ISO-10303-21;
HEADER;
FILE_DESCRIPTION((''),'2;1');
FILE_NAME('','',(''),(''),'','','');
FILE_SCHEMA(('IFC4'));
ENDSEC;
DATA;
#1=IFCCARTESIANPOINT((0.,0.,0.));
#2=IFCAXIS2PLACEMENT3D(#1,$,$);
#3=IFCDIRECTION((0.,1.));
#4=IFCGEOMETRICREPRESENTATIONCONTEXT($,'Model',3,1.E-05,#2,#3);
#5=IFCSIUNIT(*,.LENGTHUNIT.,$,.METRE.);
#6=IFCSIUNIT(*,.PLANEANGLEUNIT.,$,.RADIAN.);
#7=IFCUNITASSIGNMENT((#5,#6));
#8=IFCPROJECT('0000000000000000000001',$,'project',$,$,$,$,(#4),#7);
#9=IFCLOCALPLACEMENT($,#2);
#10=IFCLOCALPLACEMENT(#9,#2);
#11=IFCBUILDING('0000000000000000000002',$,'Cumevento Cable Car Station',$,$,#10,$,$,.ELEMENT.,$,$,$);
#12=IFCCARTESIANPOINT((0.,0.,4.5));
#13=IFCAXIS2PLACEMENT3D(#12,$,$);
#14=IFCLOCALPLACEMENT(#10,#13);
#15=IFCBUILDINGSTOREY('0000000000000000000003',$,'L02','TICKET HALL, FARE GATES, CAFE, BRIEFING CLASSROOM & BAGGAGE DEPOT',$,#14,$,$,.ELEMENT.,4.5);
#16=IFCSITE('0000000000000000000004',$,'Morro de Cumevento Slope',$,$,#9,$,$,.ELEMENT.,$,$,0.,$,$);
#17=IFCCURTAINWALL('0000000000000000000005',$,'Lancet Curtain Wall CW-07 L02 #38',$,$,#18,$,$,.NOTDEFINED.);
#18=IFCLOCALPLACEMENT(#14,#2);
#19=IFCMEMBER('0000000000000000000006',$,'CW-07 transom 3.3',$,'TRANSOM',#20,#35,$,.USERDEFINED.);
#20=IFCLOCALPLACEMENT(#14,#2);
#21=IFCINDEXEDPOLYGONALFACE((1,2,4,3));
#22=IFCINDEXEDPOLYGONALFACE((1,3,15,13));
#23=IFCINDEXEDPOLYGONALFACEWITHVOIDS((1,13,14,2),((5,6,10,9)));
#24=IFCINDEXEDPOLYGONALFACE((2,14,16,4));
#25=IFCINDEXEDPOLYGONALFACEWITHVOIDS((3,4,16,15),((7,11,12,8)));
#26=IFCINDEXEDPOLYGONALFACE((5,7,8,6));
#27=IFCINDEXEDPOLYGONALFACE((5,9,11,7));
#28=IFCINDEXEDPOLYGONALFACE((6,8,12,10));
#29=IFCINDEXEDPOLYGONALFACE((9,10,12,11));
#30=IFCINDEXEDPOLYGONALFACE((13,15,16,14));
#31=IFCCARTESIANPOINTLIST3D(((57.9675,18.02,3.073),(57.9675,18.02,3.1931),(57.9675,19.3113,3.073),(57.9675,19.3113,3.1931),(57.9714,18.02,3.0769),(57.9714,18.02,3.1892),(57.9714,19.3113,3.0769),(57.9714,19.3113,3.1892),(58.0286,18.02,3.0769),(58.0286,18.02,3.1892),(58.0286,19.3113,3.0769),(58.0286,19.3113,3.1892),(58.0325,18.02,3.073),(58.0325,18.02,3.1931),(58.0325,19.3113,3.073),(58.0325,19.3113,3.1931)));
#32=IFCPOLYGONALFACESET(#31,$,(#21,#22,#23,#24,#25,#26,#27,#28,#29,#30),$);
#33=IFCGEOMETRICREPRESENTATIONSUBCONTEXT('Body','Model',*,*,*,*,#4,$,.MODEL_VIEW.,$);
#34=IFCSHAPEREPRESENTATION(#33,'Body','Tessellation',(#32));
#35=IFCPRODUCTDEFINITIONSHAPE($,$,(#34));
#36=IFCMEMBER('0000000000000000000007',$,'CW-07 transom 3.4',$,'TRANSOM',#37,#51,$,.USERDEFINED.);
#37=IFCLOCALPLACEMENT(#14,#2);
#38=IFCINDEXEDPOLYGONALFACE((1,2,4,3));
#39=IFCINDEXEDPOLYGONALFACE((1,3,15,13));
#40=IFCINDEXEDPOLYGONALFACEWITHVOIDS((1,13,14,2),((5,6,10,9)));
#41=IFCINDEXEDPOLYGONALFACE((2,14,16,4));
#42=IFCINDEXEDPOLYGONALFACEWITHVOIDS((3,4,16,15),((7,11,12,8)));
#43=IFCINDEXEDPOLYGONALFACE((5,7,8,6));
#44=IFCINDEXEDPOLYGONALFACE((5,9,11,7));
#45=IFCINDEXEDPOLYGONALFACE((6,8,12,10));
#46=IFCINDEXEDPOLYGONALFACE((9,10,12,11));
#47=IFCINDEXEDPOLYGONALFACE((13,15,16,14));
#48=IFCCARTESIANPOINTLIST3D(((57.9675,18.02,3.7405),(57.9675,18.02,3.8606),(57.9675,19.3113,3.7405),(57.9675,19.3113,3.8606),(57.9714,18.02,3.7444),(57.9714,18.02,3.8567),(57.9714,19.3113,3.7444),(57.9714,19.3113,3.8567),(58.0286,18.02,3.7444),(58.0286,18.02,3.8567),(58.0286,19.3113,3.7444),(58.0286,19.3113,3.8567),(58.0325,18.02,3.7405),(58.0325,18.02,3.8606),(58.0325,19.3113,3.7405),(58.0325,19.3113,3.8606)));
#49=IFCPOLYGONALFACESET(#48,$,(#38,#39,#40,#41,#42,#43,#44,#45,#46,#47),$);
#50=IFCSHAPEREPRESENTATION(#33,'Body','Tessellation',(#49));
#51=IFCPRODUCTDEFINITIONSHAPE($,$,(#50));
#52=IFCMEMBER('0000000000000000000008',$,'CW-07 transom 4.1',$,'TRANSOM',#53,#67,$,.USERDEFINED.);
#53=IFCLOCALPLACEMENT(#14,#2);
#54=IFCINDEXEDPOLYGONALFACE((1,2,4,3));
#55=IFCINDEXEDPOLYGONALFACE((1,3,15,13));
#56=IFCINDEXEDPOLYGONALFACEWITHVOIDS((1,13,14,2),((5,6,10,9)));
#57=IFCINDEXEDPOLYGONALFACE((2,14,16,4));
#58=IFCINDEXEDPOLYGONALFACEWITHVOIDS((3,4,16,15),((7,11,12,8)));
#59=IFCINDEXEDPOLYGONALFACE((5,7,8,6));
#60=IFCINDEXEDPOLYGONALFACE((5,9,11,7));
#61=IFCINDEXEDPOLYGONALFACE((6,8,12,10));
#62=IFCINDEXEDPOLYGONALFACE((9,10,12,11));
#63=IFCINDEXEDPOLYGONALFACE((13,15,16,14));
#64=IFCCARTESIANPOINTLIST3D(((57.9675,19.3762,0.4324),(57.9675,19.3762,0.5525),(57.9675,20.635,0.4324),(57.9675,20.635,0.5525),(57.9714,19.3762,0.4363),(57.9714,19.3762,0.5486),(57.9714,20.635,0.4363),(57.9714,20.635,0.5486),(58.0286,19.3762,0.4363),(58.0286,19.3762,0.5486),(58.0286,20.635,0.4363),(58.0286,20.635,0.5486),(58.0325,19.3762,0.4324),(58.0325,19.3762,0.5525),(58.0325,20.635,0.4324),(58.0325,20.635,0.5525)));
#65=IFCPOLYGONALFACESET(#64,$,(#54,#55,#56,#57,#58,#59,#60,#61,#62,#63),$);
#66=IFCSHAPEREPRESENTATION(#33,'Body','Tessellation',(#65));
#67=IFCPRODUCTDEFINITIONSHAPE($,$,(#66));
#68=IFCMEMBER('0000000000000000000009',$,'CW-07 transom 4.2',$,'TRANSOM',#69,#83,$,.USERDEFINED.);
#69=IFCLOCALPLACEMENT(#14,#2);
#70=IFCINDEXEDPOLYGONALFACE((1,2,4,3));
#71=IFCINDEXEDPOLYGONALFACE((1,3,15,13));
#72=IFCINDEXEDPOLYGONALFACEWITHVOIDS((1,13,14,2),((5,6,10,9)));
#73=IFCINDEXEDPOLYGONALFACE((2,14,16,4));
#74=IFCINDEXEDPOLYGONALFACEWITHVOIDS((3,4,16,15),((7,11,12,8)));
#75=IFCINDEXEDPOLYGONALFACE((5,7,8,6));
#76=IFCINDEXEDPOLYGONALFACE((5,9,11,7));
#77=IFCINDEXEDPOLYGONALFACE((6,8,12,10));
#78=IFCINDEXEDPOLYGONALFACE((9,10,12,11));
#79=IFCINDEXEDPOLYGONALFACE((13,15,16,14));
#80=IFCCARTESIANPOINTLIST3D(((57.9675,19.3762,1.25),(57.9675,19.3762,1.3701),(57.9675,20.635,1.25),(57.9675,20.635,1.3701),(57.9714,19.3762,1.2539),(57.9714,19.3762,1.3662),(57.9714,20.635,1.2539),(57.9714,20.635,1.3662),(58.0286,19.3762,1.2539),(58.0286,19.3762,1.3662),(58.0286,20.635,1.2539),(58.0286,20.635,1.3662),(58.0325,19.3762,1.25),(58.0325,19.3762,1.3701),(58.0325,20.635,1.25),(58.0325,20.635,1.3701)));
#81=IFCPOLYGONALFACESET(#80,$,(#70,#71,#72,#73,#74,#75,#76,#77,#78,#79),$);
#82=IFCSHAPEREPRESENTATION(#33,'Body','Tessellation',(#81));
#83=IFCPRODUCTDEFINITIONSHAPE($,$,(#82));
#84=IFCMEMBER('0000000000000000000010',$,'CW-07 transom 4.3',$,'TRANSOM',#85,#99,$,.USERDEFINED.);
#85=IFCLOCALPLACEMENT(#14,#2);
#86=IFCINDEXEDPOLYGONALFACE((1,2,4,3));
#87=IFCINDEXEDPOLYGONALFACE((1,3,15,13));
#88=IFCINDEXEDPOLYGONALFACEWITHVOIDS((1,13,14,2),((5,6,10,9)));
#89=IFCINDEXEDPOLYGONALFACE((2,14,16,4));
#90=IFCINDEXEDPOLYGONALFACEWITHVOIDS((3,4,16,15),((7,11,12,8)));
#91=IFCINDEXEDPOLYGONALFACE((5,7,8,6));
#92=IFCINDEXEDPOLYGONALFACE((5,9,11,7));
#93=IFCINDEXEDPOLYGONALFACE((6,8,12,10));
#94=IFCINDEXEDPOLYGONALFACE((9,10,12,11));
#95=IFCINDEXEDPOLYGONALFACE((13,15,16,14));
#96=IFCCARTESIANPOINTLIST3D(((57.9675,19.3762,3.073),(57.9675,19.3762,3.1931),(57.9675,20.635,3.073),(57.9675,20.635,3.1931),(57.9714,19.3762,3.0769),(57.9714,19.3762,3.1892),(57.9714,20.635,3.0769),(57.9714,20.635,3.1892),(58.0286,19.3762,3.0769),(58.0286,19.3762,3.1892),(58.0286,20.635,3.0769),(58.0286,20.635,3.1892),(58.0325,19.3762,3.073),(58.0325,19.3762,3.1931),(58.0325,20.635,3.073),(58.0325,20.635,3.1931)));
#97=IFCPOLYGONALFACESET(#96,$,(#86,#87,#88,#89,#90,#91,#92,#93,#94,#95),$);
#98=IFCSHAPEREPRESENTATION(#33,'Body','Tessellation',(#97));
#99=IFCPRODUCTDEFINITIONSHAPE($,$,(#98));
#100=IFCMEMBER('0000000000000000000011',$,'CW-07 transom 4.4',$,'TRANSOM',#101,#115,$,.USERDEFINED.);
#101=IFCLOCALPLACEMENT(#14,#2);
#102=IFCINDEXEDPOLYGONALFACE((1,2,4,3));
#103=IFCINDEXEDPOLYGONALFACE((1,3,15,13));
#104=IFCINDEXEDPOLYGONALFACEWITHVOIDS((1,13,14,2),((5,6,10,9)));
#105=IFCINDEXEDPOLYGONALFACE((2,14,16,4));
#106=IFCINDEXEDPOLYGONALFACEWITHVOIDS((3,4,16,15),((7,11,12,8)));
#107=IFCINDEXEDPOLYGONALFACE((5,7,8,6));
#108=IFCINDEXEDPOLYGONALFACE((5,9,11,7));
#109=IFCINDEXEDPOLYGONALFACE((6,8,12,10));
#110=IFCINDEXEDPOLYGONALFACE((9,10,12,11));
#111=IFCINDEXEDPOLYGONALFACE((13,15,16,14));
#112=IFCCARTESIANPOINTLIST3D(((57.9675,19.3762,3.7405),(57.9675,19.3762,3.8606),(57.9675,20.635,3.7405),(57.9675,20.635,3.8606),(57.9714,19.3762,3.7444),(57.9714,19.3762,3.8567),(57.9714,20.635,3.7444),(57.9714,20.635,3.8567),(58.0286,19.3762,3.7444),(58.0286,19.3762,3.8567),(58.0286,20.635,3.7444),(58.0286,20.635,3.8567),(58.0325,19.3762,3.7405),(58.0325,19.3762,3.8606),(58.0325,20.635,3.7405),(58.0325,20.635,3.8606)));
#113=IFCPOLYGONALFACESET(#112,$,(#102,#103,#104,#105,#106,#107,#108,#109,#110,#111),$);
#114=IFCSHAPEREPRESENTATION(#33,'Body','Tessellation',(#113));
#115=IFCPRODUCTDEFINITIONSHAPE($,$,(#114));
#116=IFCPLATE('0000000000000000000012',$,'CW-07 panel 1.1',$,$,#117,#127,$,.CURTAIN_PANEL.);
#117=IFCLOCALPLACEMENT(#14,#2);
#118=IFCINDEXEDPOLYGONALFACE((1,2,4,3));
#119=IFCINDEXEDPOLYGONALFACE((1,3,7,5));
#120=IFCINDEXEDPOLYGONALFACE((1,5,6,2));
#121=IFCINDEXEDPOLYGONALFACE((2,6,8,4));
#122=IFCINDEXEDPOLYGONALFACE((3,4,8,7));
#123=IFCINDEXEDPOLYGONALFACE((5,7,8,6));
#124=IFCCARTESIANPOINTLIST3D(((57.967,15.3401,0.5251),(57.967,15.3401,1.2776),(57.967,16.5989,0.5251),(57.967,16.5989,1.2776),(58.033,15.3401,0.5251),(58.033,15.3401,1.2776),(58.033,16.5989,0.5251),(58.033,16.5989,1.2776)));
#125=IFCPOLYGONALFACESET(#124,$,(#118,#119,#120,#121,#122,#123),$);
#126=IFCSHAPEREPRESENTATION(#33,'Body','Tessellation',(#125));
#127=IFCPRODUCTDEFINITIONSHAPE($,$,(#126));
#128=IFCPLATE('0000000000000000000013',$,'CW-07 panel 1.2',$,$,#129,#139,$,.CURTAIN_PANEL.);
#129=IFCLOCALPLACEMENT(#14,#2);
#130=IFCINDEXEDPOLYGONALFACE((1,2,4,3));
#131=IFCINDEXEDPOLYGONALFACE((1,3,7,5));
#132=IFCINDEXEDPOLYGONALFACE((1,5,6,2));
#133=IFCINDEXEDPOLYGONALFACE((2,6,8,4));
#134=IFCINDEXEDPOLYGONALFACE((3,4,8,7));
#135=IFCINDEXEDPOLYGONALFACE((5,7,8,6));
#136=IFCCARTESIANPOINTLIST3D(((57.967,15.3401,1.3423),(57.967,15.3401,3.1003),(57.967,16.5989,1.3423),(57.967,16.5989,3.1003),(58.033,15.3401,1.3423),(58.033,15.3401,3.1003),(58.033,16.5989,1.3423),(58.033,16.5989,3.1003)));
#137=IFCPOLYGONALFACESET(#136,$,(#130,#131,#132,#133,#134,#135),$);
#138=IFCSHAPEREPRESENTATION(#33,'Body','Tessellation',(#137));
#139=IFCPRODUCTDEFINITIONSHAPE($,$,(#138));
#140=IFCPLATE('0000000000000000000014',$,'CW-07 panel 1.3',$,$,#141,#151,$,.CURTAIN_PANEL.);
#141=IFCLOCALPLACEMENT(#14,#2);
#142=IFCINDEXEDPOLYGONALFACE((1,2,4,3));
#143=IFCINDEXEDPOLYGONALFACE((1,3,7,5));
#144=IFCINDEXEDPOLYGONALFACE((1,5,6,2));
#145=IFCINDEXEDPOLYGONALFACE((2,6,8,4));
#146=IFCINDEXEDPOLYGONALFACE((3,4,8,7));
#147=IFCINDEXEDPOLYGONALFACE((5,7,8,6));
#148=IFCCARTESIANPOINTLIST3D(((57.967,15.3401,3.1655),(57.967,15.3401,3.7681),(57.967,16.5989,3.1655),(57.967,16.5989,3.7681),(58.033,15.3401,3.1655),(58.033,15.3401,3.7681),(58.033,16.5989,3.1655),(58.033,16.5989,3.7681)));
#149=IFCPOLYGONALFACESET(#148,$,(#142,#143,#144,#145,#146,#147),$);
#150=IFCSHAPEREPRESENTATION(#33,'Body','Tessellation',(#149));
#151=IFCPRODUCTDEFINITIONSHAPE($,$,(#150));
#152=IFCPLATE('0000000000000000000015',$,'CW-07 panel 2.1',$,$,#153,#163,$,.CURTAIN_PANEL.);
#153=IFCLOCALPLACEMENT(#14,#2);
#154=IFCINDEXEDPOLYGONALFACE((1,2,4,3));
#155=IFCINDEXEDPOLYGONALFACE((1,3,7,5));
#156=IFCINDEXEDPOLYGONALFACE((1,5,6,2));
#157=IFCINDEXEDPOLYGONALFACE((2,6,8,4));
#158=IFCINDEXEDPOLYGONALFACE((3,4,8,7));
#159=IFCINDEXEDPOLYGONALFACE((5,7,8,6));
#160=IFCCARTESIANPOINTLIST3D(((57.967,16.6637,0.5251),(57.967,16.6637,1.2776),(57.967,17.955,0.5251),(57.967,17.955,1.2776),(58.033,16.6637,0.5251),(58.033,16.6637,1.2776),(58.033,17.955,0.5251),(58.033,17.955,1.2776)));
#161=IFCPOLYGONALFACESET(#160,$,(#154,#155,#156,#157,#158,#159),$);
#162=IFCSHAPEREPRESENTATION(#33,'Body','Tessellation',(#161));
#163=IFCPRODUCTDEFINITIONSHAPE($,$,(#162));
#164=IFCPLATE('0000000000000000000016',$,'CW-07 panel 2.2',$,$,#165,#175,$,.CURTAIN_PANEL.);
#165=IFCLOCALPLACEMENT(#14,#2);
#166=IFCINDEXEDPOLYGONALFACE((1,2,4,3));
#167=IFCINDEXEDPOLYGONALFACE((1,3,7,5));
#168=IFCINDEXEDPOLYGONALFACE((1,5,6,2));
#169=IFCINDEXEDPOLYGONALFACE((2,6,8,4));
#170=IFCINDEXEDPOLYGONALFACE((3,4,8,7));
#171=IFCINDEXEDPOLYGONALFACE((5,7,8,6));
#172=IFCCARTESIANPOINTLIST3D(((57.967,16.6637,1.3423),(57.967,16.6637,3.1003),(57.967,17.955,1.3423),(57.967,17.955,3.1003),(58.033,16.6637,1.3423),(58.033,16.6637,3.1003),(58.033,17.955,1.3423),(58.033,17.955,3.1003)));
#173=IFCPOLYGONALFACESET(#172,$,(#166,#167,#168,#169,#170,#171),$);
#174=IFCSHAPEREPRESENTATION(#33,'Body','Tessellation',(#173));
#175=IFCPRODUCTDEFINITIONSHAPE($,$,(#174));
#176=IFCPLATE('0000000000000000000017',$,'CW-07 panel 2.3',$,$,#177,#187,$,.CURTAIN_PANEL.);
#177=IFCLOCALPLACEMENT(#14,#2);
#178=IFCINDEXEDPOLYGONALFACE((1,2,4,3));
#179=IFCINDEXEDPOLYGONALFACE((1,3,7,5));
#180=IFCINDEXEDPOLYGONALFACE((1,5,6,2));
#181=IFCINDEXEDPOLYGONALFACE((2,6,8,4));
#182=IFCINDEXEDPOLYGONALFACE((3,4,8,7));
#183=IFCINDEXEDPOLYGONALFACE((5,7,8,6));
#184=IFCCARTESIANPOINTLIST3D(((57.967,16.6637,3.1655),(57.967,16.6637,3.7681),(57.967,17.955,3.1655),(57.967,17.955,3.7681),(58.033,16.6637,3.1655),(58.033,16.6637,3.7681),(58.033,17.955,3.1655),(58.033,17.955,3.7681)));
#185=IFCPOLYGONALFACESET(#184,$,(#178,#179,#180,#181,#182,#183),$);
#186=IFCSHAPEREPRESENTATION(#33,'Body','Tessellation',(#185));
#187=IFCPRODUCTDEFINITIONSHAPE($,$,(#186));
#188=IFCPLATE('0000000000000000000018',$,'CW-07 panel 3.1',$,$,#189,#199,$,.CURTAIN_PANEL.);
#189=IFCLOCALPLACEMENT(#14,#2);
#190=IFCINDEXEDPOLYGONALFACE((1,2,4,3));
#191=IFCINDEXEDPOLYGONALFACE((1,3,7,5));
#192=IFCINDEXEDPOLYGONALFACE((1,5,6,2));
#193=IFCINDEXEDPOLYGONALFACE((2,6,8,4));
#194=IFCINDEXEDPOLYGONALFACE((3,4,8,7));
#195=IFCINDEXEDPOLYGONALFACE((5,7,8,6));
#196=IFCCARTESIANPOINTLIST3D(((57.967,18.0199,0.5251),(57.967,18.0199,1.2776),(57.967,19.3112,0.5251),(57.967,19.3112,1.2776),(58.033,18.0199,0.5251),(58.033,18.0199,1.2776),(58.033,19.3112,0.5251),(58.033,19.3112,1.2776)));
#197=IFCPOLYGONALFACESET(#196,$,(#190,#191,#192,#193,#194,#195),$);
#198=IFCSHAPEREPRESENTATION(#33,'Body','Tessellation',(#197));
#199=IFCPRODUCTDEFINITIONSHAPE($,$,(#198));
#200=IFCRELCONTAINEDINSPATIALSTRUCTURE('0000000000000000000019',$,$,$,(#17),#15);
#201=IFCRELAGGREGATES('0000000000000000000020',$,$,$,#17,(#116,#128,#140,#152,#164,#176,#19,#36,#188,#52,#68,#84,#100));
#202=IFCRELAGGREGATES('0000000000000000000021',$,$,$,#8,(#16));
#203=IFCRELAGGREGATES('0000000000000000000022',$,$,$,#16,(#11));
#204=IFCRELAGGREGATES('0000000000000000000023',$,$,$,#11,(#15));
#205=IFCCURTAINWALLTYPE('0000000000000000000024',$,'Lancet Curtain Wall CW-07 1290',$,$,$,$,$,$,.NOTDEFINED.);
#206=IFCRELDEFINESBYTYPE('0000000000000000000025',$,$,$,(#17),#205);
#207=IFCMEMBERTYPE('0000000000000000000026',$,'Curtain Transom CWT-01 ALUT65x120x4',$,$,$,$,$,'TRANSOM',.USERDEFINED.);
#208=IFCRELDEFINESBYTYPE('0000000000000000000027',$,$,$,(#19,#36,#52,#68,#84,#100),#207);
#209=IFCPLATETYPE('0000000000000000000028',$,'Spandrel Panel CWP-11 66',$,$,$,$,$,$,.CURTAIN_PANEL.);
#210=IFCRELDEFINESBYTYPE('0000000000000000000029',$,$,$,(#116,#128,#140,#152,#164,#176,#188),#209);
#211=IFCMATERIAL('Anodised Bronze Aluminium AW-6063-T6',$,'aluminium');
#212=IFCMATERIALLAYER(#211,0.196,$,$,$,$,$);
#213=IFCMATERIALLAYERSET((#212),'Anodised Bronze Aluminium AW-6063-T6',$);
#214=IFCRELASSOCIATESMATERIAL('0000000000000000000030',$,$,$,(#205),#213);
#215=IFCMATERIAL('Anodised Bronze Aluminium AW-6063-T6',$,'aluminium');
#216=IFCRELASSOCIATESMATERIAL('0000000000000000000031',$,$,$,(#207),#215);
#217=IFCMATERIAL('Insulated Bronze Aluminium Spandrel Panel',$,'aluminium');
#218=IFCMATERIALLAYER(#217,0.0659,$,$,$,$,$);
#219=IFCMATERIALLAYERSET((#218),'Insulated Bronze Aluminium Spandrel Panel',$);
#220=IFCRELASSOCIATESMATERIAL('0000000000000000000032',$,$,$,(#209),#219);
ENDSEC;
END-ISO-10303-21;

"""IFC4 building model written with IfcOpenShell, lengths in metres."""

from ifc_helpers import new_model, si_unit, direction, frame, origin, origin_2d, place, context, subcontext, project, spatial, rectangle, hollow_rectangle, extrude, material, layer, layer_set, material_profile, profile_set, type_object, element, aggregate, save


model = new_model("IFC4")

# Units and contexts
model_context = context("Model", 3, precision=1e-05, world=origin(), true_north=direction((0.0, 1.0)))
body_context = subcontext(model_context, "Body", "Model", "MODEL_VIEW")
ifc_project = project(units=[si_unit("LENGTHUNIT", "METRE"), si_unit("PLANEANGLEUNIT", "RADIAN")], contexts=[model_context])

# Site, building, storey
site_placement = place(None, origin())
site = spatial("IfcSite", under=ifc_project, at=site_placement, Name="Morro de Cumevento Slope", CompositionType="ELEMENT", RefElevation=0.0)
building_placement = place(site_placement, origin())
building = spatial("IfcBuilding", under=site, at=building_placement, Name="Cumevento Cable Car Station", CompositionType="ELEMENT")
storey_placement = place(building_placement, frame((0.0, 0.0, 4.5)))
storey = spatial("IfcBuildingStorey", under=building, at=storey_placement, Name="L02", Description="TICKET HALL, FARE GATES, CAFE, BRIEFING CLASSROOM & BAGGAGE DEPOT", CompositionType="ELEMENT", Elevation=4.5)

# Curtain wall, members, plates
ifc_material_1 = material(Name="Anodised Bronze Aluminium AW-6063-T6", Category="aluminium")
ifc_layer_1 = layer(ifc_material_1, 0.196)
ifc_layer_set_1 = layer_set([ifc_layer_1], Name="Anodised Bronze Aluminium AW-6063-T6")
curtain_wall_type = type_object("IfcCurtainWallType", Name="Lancet Curtain Wall CW-07 1290", PredefinedType="NOTDEFINED", material=ifc_layer_set_1)
curtain_wall_placement = place(storey_placement, origin())
curtain_wall = element("IfcCurtainWall", 1, at=curtain_wall_placement, inside=storey, type_object=curtain_wall_type, Name="Lancet Curtain Wall CW-07 L02 #38", PredefinedType="NOTDEFINED")
ifc_material_2 = material(Name="Anodised Bronze Aluminium AW-6063-T6", Category="aluminium")
ifc_material_profile_1 = material_profile(ifc_material_2, hollow_rectangle(XDim=0.0649, YDim=0.1201, WallThickness=0.0039, at=origin_2d()), Name="ALUT65x120x4")
ifc_profile_set_1 = profile_set([ifc_material_profile_1], Name="Anodised Bronze Aluminium AW-6063-T6")
member_type_1 = type_object("IfcMemberType", Name="Curtain Transom CWT-01 ALUT65x120x4", ElementType="TRANSOM", PredefinedType="USERDEFINED", material=ifc_profile_set_1)
member_1_placement = place(storey_placement, frame((58.0, 18.02, 3.1331), z_axis=(0.0, 1.0, 0.0), x_axis=(-1.0, 0.0, 0.0)))
member_1 = element("IfcMember", 2, at=member_1_placement, type_object=member_type_1, Name="CW-07 transom 3.3", ObjectType="TRANSOM", PredefinedType="USERDEFINED", context=body_context, shape_type="SweptSolid", body=[
    extrude(hollow_rectangle(XDim=0.0649, YDim=0.1201, WallThickness=0.0039, at=origin_2d()), origin(), (0.0, 0.0, 1.0), 1.2913),
])
member_2_placement = place(storey_placement, frame((58.0, 18.02, 3.8005), z_axis=(0.0, 1.0, 0.0), x_axis=(-1.0, 0.0, 0.0)))
member_2 = element("IfcMember", 3, at=member_2_placement, type_object=member_type_1, Name="CW-07 transom 3.4", ObjectType="TRANSOM", PredefinedType="USERDEFINED", context=body_context, shape_type="SweptSolid", body=[
    extrude(hollow_rectangle(XDim=0.0649, YDim=0.1201, WallThickness=0.0039, at=origin_2d()), origin(), (0.0, 0.0, 1.0), 1.2913),
])
member_3_placement = place(storey_placement, frame((58.0, 19.3762, 0.4924), z_axis=(0.0, 1.0, 0.0), x_axis=(-1.0, 0.0, 0.0)))
member_3 = element("IfcMember", 4, at=member_3_placement, type_object=member_type_1, Name="CW-07 transom 4.1", ObjectType="TRANSOM", PredefinedType="USERDEFINED", context=body_context, shape_type="SweptSolid", body=[
    extrude(hollow_rectangle(XDim=0.0649, YDim=0.1201, WallThickness=0.0039, at=origin_2d()), origin(), (0.0, 0.0, 1.0), 1.2588),
])
member_4_placement = place(storey_placement, frame((58.0, 19.3762, 1.3101), z_axis=(0.0, 1.0, 0.0), x_axis=(-1.0, 0.0, 0.0)))
member_4 = element("IfcMember", 5, at=member_4_placement, type_object=member_type_1, Name="CW-07 transom 4.2", ObjectType="TRANSOM", PredefinedType="USERDEFINED", context=body_context, shape_type="SweptSolid", body=[
    extrude(hollow_rectangle(XDim=0.0649, YDim=0.1201, WallThickness=0.0039, at=origin_2d()), origin(), (0.0, 0.0, 1.0), 1.2588),
])
member_5_placement = place(storey_placement, frame((58.0, 19.3762, 3.1331), z_axis=(0.0, 1.0, 0.0), x_axis=(-1.0, 0.0, 0.0)))
member_5 = element("IfcMember", 6, at=member_5_placement, type_object=member_type_1, Name="CW-07 transom 4.3", ObjectType="TRANSOM", PredefinedType="USERDEFINED", context=body_context, shape_type="SweptSolid", body=[
    extrude(hollow_rectangle(XDim=0.0649, YDim=0.1201, WallThickness=0.0039, at=origin_2d()), origin(), (0.0, 0.0, 1.0), 1.2588),
])
member_6_placement = place(storey_placement, frame((58.0, 19.3762, 3.8005), z_axis=(0.0, 1.0, 0.0), x_axis=(-1.0, 0.0, 0.0)))
member_6 = element("IfcMember", 7, at=member_6_placement, type_object=member_type_1, Name="CW-07 transom 4.4", ObjectType="TRANSOM", PredefinedType="USERDEFINED", context=body_context, shape_type="SweptSolid", body=[
    extrude(hollow_rectangle(XDim=0.0649, YDim=0.1201, WallThickness=0.0039, at=origin_2d()), origin(), (0.0, 0.0, 1.0), 1.2588),
])
ifc_material_3 = material(Name="Insulated Bronze Aluminium Spandrel Panel", Category="aluminium")
ifc_layer_2 = layer(ifc_material_3, 0.0659)
ifc_layer_set_2 = layer_set([ifc_layer_2], Name="Insulated Bronze Aluminium Spandrel Panel")
plate_type = type_object("IfcPlateType", Name="Spandrel Panel CWP-11 66", PredefinedType="CURTAIN_PANEL", material=ifc_layer_set_2)
plate_1_placement = place(storey_placement, frame((58.0, 15.9695, 0.5251), z_axis=(0.0, 0.0, 1.0), x_axis=(0.0, 1.0, 0.0)))
plate_1 = element("IfcPlate", 8, at=plate_1_placement, type_object=plate_type, Name="CW-07 panel 1.1", PredefinedType="CURTAIN_PANEL", context=body_context, shape_type="SweptSolid", body=[
    extrude(rectangle(XDim=1.2588, YDim=0.0659, at=origin_2d()), origin(), (0.0, 0.0, 1.0), 0.7524),
])
plate_2_placement = place(storey_placement, frame((58.0, 15.9695, 1.3423), z_axis=(0.0, 0.0, 1.0), x_axis=(0.0, 1.0, 0.0)))
plate_2 = element("IfcPlate", 9, at=plate_2_placement, type_object=plate_type, Name="CW-07 panel 1.2", PredefinedType="CURTAIN_PANEL", context=body_context, shape_type="SweptSolid", body=[
    extrude(rectangle(XDim=1.2588, YDim=0.0659, at=origin_2d()), origin(), (0.0, 0.0, 1.0), 1.7581),
])
plate_3_placement = place(storey_placement, frame((58.0, 15.9695, 3.1655), z_axis=(0.0, 0.0, 1.0), x_axis=(0.0, 1.0, 0.0)))
plate_3 = element("IfcPlate", 10, at=plate_3_placement, type_object=plate_type, Name="CW-07 panel 1.3", PredefinedType="CURTAIN_PANEL", context=body_context, shape_type="SweptSolid", body=[
    extrude(rectangle(XDim=1.2588, YDim=0.0659, at=origin_2d()), origin(), (0.0, 0.0, 1.0), 0.6025),
])
plate_4_placement = place(storey_placement, frame((58.0, 17.3093, 0.5251), z_axis=(0.0, 0.0, 1.0), x_axis=(0.0, 1.0, 0.0)))
plate_4 = element("IfcPlate", 11, at=plate_4_placement, type_object=plate_type, Name="CW-07 panel 2.1", PredefinedType="CURTAIN_PANEL", context=body_context, shape_type="SweptSolid", body=[
    extrude(rectangle(XDim=1.2913, YDim=0.0659, at=origin_2d()), origin(), (0.0, 0.0, 1.0), 0.7524),
])
plate_5_placement = place(storey_placement, frame((58.0, 17.3093, 1.3423), z_axis=(0.0, 0.0, 1.0), x_axis=(0.0, 1.0, 0.0)))
plate_5 = element("IfcPlate", 12, at=plate_5_placement, type_object=plate_type, Name="CW-07 panel 2.2", PredefinedType="CURTAIN_PANEL", context=body_context, shape_type="SweptSolid", body=[
    extrude(rectangle(XDim=1.2913, YDim=0.0659, at=origin_2d()), origin(), (0.0, 0.0, 1.0), 1.7581),
])
plate_6_placement = place(storey_placement, frame((58.0, 17.3093, 3.1655), z_axis=(0.0, 0.0, 1.0), x_axis=(0.0, 1.0, 0.0)))
plate_6 = element("IfcPlate", 13, at=plate_6_placement, type_object=plate_type, Name="CW-07 panel 2.3", PredefinedType="CURTAIN_PANEL", context=body_context, shape_type="SweptSolid", body=[
    extrude(rectangle(XDim=1.2913, YDim=0.0659, at=origin_2d()), origin(), (0.0, 0.0, 1.0), 0.6025),
])
plate_7_placement = place(storey_placement, frame((58.0, 18.6655, 0.5251), z_axis=(0.0, 0.0, 1.0), x_axis=(0.0, 1.0, 0.0)))
plate_7 = element("IfcPlate", 14, at=plate_7_placement, type_object=plate_type, Name="CW-07 panel 3.1", PredefinedType="CURTAIN_PANEL", context=body_context, shape_type="SweptSolid", body=[
    extrude(rectangle(XDim=1.2913, YDim=0.0659, at=origin_2d()), origin(), (0.0, 0.0, 1.0), 0.7524),
])
aggregate(curtain_wall, [plate_1, plate_2, plate_3, plate_4, plate_5, plate_6, member_1, member_2, plate_7, member_3, member_4, member_5, member_6])

save(model, "model.ifc")
